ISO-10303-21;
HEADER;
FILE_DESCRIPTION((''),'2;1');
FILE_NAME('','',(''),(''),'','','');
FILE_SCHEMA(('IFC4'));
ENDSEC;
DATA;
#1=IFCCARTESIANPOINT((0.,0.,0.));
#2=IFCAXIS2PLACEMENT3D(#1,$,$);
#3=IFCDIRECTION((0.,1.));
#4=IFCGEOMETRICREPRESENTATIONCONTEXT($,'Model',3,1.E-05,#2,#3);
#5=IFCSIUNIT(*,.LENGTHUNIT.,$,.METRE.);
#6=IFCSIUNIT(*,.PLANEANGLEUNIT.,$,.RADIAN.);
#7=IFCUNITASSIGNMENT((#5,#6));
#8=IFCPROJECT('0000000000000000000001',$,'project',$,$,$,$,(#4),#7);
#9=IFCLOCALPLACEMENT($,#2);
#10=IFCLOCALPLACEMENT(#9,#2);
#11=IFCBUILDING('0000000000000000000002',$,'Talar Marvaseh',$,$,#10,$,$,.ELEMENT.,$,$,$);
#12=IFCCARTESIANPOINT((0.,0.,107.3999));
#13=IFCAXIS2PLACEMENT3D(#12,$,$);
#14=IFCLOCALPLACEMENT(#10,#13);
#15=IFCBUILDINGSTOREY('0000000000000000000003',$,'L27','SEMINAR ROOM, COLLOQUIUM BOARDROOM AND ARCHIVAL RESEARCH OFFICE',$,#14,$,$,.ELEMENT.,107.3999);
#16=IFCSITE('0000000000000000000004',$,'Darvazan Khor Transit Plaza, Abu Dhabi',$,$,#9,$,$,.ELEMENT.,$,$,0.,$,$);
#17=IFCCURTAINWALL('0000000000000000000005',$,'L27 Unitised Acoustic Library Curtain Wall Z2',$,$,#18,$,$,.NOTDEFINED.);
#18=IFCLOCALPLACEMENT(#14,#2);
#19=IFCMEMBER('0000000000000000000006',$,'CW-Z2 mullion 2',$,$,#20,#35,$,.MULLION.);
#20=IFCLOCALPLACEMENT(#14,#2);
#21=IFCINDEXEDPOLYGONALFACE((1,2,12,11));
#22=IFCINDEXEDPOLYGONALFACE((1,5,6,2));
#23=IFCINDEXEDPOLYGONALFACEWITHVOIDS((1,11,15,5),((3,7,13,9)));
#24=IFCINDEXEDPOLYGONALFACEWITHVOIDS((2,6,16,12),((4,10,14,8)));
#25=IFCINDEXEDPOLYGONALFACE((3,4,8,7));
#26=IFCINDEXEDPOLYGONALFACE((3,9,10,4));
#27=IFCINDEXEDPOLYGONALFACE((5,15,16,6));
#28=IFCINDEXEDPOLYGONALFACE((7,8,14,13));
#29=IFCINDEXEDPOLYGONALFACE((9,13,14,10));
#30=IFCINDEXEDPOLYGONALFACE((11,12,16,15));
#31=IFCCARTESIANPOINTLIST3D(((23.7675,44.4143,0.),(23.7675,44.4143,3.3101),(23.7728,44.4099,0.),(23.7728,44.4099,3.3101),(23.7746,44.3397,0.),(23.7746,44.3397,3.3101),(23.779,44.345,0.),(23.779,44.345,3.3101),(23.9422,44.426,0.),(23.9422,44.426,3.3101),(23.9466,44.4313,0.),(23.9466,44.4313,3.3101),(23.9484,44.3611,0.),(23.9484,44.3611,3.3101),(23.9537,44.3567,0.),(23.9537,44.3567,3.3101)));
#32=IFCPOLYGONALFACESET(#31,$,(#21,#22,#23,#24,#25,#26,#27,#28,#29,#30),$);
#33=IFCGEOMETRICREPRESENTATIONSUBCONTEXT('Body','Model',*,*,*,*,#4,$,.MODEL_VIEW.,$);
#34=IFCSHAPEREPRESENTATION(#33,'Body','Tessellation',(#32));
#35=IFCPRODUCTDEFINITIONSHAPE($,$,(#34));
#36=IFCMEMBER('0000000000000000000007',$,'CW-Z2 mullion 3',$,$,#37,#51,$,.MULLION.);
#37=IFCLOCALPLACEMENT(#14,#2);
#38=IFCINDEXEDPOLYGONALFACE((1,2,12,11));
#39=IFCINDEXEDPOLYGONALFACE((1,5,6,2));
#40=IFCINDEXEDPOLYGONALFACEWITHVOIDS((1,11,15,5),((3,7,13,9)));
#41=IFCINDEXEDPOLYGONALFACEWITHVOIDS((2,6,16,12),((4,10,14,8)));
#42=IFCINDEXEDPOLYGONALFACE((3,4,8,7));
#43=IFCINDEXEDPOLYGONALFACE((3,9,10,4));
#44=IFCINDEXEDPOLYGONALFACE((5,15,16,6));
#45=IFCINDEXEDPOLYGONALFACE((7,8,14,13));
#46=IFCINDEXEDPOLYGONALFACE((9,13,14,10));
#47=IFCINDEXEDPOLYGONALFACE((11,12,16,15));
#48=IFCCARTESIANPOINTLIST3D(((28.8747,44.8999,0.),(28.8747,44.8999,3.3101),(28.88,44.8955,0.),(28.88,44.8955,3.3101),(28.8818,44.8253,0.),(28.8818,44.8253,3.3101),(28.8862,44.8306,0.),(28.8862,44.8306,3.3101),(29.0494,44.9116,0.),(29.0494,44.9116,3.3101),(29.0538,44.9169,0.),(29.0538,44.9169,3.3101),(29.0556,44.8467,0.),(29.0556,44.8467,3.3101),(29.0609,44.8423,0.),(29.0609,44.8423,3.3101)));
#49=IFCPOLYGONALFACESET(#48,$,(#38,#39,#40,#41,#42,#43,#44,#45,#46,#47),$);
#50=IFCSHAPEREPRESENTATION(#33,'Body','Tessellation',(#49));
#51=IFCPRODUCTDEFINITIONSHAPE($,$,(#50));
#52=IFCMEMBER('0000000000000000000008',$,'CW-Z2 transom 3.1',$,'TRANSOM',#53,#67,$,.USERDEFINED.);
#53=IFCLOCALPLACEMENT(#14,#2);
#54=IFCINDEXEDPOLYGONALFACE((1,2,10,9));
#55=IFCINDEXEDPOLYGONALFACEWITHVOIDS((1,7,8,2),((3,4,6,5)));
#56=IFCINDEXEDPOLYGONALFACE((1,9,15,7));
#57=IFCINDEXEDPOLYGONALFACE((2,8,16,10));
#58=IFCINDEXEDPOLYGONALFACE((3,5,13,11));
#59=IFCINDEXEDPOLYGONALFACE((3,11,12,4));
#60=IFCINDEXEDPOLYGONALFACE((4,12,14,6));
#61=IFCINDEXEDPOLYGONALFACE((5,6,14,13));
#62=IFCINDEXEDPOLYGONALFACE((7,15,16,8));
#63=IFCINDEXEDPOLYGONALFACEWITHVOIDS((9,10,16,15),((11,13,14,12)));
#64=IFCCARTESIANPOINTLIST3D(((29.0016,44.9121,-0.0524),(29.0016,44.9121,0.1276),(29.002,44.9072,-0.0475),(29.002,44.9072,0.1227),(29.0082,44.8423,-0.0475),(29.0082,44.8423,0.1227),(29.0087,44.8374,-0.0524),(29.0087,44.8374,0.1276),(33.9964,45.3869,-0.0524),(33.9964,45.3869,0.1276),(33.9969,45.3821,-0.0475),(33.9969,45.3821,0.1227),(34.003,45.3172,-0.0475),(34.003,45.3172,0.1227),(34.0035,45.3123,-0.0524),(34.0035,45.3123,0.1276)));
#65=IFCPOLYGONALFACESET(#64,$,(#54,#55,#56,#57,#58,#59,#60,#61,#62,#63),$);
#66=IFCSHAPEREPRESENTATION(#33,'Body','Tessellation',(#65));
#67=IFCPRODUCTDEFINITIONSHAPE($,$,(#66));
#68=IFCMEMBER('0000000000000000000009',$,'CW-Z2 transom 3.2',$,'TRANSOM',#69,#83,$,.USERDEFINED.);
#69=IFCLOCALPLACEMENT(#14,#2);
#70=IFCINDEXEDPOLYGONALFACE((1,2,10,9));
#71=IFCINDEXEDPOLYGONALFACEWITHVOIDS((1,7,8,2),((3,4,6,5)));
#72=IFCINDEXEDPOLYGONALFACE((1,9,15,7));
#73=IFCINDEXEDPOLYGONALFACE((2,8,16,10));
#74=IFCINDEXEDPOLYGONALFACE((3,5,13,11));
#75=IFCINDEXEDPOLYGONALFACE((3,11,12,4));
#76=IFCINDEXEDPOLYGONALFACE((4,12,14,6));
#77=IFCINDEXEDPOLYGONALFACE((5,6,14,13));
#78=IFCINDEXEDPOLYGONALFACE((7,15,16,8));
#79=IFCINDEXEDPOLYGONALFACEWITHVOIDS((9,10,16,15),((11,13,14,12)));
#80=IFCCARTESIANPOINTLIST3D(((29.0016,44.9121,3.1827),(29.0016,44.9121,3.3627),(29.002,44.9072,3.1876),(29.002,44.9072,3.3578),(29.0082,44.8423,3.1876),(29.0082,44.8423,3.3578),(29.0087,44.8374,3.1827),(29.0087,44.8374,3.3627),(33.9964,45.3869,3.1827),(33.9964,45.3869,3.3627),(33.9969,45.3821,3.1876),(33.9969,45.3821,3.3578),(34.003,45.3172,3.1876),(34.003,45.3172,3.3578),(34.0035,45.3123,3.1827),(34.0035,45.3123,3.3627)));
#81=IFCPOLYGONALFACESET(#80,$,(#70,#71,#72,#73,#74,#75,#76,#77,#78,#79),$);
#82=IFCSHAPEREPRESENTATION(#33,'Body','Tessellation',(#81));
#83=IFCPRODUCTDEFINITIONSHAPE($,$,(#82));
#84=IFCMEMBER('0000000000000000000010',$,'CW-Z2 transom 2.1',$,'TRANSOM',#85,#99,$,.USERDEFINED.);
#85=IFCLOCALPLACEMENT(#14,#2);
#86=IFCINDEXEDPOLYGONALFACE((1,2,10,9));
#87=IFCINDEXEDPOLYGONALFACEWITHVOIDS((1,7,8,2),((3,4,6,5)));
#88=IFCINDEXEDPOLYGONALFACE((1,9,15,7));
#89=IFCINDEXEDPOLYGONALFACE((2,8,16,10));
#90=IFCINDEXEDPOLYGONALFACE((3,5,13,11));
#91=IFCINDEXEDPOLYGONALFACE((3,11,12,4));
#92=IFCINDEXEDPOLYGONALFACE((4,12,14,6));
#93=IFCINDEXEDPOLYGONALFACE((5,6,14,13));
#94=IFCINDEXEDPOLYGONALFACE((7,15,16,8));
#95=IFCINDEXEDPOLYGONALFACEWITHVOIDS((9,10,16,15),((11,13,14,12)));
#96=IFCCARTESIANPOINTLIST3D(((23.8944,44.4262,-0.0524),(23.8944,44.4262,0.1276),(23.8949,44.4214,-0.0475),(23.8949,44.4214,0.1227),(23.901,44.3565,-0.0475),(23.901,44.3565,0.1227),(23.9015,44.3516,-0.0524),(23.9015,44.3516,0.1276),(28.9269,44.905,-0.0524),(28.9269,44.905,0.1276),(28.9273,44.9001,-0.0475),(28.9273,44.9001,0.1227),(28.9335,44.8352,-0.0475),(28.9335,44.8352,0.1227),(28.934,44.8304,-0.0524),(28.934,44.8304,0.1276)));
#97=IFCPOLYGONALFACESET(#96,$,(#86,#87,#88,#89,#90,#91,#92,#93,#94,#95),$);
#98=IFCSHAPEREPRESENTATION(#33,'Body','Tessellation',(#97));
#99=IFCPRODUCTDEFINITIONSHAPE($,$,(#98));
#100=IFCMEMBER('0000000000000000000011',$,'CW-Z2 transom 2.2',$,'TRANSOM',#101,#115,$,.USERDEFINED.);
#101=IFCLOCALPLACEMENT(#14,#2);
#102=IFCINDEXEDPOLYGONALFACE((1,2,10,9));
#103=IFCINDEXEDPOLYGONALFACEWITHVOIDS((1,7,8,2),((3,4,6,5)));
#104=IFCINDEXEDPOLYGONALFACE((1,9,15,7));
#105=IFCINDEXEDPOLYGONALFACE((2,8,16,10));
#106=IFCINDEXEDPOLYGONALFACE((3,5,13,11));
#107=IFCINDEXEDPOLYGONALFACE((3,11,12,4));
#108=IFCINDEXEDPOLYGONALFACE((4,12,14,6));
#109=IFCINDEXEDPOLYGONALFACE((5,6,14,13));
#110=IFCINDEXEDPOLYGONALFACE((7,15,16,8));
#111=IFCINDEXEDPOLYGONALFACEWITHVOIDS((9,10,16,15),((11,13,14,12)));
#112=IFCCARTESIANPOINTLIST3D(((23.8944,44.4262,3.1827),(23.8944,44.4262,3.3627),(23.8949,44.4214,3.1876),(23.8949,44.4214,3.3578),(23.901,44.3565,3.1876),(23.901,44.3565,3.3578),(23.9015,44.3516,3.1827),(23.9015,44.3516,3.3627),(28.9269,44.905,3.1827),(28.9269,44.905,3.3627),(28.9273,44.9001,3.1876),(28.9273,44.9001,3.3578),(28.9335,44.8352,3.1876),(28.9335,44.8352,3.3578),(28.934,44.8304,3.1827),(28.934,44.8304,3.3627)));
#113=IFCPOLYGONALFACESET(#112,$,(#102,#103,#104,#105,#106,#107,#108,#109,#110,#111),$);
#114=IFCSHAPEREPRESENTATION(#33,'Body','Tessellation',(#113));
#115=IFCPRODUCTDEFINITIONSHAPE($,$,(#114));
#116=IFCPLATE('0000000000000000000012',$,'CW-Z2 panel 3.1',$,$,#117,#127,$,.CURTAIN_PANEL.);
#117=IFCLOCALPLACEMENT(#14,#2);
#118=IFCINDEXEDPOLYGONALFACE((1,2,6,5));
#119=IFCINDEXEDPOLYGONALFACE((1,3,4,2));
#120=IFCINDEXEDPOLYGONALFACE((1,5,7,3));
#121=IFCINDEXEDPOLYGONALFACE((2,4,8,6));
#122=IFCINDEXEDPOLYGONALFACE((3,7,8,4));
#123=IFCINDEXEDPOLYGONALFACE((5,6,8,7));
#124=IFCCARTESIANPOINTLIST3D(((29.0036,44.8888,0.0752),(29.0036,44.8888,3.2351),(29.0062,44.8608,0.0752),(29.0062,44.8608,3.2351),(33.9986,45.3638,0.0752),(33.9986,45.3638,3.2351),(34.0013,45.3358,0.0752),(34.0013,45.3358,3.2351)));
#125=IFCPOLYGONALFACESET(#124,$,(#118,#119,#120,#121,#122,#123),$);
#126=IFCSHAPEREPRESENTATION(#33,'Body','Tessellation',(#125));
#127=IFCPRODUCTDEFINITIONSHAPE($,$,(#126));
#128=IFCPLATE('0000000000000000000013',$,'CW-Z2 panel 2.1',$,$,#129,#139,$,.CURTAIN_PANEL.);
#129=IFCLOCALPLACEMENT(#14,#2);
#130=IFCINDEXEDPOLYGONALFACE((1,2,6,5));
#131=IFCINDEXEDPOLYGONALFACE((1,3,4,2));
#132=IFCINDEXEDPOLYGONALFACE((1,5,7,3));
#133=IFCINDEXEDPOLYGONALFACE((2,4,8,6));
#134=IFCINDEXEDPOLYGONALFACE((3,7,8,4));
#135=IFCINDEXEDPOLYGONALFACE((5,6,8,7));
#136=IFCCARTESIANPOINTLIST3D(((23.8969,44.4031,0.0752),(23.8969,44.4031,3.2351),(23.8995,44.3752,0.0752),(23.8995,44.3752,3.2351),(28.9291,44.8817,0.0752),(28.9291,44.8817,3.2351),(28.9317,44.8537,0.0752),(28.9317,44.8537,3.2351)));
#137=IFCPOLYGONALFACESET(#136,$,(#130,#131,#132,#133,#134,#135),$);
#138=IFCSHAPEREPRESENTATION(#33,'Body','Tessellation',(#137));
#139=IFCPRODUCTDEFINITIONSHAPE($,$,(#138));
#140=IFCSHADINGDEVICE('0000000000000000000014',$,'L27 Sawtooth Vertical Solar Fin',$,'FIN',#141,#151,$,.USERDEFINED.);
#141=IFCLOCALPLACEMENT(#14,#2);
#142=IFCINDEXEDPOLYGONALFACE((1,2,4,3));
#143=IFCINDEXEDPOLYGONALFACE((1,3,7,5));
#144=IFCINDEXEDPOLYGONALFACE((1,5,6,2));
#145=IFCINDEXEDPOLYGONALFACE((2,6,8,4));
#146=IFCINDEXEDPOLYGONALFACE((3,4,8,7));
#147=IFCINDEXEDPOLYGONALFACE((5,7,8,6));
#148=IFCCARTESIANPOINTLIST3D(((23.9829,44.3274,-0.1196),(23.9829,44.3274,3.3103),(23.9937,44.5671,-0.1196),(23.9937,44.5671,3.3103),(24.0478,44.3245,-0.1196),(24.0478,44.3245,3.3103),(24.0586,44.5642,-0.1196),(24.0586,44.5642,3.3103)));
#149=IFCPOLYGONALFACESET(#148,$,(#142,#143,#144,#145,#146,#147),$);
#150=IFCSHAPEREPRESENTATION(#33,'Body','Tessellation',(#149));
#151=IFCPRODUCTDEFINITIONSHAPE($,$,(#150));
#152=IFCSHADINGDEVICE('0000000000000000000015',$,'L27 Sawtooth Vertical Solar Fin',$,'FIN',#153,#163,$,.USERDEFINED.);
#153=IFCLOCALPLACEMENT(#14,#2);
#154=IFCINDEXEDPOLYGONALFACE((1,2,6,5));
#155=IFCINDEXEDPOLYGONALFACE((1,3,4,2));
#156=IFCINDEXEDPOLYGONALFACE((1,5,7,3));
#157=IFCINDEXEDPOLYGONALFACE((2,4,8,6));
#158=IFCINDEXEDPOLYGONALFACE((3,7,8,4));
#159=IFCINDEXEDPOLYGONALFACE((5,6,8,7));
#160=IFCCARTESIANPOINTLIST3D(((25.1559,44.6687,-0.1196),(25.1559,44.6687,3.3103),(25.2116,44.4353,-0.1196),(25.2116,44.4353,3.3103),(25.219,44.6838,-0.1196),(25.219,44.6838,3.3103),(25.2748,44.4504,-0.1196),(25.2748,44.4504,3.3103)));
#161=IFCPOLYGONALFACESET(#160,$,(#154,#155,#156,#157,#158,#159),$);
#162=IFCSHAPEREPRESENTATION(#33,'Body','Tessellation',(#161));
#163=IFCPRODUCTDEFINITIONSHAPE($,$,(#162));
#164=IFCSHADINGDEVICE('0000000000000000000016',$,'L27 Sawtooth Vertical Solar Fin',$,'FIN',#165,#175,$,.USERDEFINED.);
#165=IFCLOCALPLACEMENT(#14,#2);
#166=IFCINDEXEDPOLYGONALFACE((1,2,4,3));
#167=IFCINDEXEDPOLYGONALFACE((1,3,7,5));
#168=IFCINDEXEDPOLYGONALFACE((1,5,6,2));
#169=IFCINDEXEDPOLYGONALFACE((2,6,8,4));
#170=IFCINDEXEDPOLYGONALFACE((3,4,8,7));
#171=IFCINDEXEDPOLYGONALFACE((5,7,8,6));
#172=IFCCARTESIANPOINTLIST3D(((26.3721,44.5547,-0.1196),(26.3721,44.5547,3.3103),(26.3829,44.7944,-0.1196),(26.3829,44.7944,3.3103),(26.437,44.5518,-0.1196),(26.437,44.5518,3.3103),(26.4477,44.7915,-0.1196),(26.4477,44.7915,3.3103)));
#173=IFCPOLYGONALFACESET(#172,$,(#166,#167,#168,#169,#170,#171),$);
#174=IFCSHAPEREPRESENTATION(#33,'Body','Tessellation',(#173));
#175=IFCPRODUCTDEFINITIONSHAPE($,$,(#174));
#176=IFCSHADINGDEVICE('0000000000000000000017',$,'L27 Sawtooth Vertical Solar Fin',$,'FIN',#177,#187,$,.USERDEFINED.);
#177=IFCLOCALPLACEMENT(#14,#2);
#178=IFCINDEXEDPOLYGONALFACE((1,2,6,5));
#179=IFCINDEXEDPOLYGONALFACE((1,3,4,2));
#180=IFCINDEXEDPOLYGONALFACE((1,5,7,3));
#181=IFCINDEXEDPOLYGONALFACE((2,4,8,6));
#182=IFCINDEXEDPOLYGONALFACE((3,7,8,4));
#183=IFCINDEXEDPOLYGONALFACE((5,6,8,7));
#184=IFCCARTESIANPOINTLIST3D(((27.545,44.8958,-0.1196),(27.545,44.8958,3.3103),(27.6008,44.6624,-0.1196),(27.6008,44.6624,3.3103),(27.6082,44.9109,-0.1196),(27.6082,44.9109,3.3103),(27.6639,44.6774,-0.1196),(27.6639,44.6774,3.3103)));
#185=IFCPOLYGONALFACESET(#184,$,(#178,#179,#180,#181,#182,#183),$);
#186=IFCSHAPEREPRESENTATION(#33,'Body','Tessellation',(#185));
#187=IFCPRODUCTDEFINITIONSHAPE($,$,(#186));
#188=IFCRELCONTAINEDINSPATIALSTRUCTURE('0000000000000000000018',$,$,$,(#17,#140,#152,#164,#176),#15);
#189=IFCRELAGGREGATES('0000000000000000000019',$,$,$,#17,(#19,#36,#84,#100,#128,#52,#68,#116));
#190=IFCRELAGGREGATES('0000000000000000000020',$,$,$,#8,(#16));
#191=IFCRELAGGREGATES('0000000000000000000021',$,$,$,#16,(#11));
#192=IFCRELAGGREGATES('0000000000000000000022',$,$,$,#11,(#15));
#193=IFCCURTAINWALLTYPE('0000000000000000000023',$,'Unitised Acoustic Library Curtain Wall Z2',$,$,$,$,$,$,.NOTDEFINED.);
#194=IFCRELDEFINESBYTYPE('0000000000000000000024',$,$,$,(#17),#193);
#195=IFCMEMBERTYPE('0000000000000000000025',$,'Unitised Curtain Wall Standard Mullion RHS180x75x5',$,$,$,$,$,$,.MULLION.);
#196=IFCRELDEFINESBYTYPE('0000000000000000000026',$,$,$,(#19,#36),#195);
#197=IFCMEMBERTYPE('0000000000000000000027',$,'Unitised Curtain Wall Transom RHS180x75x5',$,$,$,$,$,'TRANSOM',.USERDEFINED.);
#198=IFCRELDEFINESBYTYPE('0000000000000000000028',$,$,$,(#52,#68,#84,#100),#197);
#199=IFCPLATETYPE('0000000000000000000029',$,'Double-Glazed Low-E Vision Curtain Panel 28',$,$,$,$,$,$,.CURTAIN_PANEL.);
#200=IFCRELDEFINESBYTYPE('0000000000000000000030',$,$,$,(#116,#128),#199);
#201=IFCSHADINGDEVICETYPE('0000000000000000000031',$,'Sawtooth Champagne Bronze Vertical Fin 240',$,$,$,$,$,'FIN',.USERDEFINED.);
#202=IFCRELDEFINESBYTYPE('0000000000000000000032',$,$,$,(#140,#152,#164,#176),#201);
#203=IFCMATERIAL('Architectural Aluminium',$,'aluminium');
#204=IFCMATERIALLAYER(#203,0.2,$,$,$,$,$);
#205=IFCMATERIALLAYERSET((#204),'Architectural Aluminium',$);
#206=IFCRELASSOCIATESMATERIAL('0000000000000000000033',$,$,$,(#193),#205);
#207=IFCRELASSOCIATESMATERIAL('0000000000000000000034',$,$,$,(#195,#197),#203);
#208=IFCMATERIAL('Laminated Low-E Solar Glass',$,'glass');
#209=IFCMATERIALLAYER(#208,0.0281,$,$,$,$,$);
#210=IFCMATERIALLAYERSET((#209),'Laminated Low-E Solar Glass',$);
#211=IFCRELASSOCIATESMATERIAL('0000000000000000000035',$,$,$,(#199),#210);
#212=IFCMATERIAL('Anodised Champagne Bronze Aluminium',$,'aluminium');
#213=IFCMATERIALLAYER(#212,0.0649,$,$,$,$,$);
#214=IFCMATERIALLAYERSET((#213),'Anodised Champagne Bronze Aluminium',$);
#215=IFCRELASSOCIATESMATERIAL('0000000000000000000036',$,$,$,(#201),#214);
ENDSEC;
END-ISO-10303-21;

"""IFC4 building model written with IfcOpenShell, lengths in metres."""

from ifc_helpers import new_model, si_unit, direction, frame, origin, origin_2d, place, context, subcontext, project, spatial, rectangle, hollow_rectangle, extrude, source, transform, mapped, material, layer, layer_set, material_profile, profile_set, type_object, type_shapes, element, aggregate, save


model = new_model("IFC4")

# Units and contexts
model_context = context("Model", 3, precision=1e-05, world=origin(), true_north=direction((0.0, 1.0)))
body_context = subcontext(model_context, "Body", "Model", "MODEL_VIEW")
ifc_project = project(units=[si_unit("LENGTHUNIT", "METRE"), si_unit("PLANEANGLEUNIT", "RADIAN")], contexts=[model_context])

# Site, building, storey
site_placement = place(None, origin())
site = spatial("IfcSite", under=ifc_project, at=site_placement, Name="Darvazan Khor Transit Plaza, Abu Dhabi", CompositionType="ELEMENT", RefElevation=0.0)
building_placement = place(site_placement, origin())
building = spatial("IfcBuilding", under=site, at=building_placement, Name="Talar Marvaseh", CompositionType="ELEMENT")
storey_placement = place(building_placement, frame((0.0, 0.0, 107.3999)))
storey = spatial("IfcBuildingStorey", under=building, at=storey_placement, Name="L27", Description="SEMINAR ROOM, COLLOQUIUM BOARDROOM AND ARCHIVAL RESEARCH OFFICE", CompositionType="ELEMENT", Elevation=107.3999)

# Curtain wall, members, plates
ifc_material_1 = material(Name="Architectural Aluminium", Category="aluminium")
ifc_layer_1 = layer(ifc_material_1, 0.2)
ifc_layer_set_1 = layer_set([ifc_layer_1], Name="Architectural Aluminium")
curtain_wall_type = type_object("IfcCurtainWallType", Name="Unitised Acoustic Library Curtain Wall Z2", PredefinedType="NOTDEFINED", material=ifc_layer_set_1)
curtain_wall_placement = place(storey_placement, origin())
curtain_wall = element("IfcCurtainWall", 1, at=curtain_wall_placement, inside=storey, type_object=curtain_wall_type, Name="L27 Unitised Acoustic Library Curtain Wall Z2", PredefinedType="NOTDEFINED")
ifc_material_profile_1 = material_profile(ifc_material_1, hollow_rectangle(XDim=0.075, YDim=0.1799, WallThickness=0.0049, at=origin_2d()), Name="RHS180x75x5")
ifc_profile_set_1 = profile_set([ifc_material_profile_1], Name="Architectural Aluminium")
member_type_1 = type_object("IfcMemberType", Name="Unitised Curtain Wall Standard Mullion RHS180x75x5", PredefinedType="MULLION", material=ifc_profile_set_1)
shared_shape_1 = source(origin(), body_context, "Body", "SweptSolid", [
    extrude(hollow_rectangle(XDim=0.075, YDim=0.1799, WallThickness=0.0049, at=origin_2d()), origin(), (0.0, 0.0, 1.0), 3.3101),
])
type_shapes(member_type_1, [shared_shape_1])
member_1_placement = place(storey_placement, frame((23.8606, 44.3855, 0.0), z_axis=(0.0, 0.0, 1.0), x_axis=(-0.094671, 0.995509, 0.0)))
member_1 = element("IfcMember", 2, at=member_1_placement, type_object=member_type_1, Name="CW-Z2 mullion 2", PredefinedType="MULLION", context=body_context, shape_type="MappedRepresentation", body=[
    mapped(shared_shape_1, transform((0.0, 0.0, 0.0), x_axis=(1.0, 0.0, 0.0), y_axis=(0.0, 1.0, 0.0), z_axis=(0.0, 0.0, 1.0), scale=1.0)),
])
member_2_placement = place(storey_placement, frame((28.9678, 44.8711, 0.0), z_axis=(0.0, 0.0, 1.0), x_axis=(-0.094671, 0.995509, 0.0)))
member_2 = element("IfcMember", 3, at=member_2_placement, type_object=member_type_1, Name="CW-Z2 mullion 3", PredefinedType="MULLION", context=body_context, shape_type="MappedRepresentation", body=[
    mapped(shared_shape_1, transform((0.0, 0.0, 0.0), x_axis=(1.0, 0.0, 0.0), y_axis=(0.0, 1.0, 0.0), z_axis=(0.0, 0.0, 1.0), scale=1.0)),
])
ifc_material_profile_2 = material_profile(ifc_material_1, hollow_rectangle(XDim=0.075, YDim=0.1799, WallThickness=0.0049, at=origin_2d()), Name="RHS180x75x5")
ifc_profile_set_2 = profile_set([ifc_material_profile_2], Name="Architectural Aluminium")
member_type_2 = type_object("IfcMemberType", Name="Unitised Curtain Wall Transom RHS180x75x5", ElementType="TRANSOM", PredefinedType="USERDEFINED", material=ifc_profile_set_2)
shared_shape_2 = source(origin(), body_context, "Body", "SweptSolid", [
    extrude(hollow_rectangle(XDim=0.075, YDim=0.1799, WallThickness=0.0049, at=origin_2d()), origin(), (0.0, 0.0, 1.0), 5.0173),
])
member_3_placement = place(storey_placement, frame((29.0051, 44.8748, 0.0376), z_axis=(0.995511, 0.094641, 0.0), x_axis=(-0.094641, 0.995511, 0.0)))
member_3 = element("IfcMember", 4, at=member_3_placement, type_object=member_type_2, Name="CW-Z2 transom 3.1", ObjectType="TRANSOM", PredefinedType="USERDEFINED", context=body_context, shape_type="MappedRepresentation", body=[
    mapped(shared_shape_2, transform((0.0, 0.0, 0.0), x_axis=(1.0, 0.0, 0.0), y_axis=(0.0, 1.0, 0.0), z_axis=(0.0, 0.0, 1.0), scale=1.0)),
])
member_4_placement = place(storey_placement, frame((29.0051, 44.8748, 3.2727), z_axis=(0.995511, 0.094641, 0.0), x_axis=(-0.094641, 0.995511, 0.0)))
member_4 = element("IfcMember", 5, at=member_4_placement, type_object=member_type_2, Name="CW-Z2 transom 3.2", ObjectType="TRANSOM", PredefinedType="USERDEFINED", context=body_context, shape_type="MappedRepresentation", body=[
    mapped(shared_shape_2, transform((0.0, 0.0, 0.0), x_axis=(1.0, 0.0, 0.0), y_axis=(0.0, 1.0, 0.0), z_axis=(0.0, 0.0, 1.0), scale=1.0)),
])
shared_shape_3 = source(origin(), body_context, "Body", "SweptSolid", [
    extrude(hollow_rectangle(XDim=0.075, YDim=0.1799, WallThickness=0.0049, at=origin_2d()), origin(), (0.0, 0.0, 1.0), 5.0552),
])
type_shapes(member_type_2, [shared_shape_2, shared_shape_3])
member_5_placement = place(storey_placement, frame((23.8979, 44.3889, 0.0376), z_axis=(0.995505, 0.094707, 0.0), x_axis=(-0.094707, 0.995505, 0.0)))
member_5 = element("IfcMember", 6, at=member_5_placement, type_object=member_type_2, Name="CW-Z2 transom 2.1", ObjectType="TRANSOM", PredefinedType="USERDEFINED", context=body_context, shape_type="MappedRepresentation", body=[
    mapped(shared_shape_3, transform((0.0, 0.0, 0.0), x_axis=(1.0, 0.0, 0.0), y_axis=(0.0, 1.0, 0.0), z_axis=(0.0, 0.0, 1.0), scale=1.0)),
])
member_6_placement = place(storey_placement, frame((23.8979, 44.3889, 3.2727), z_axis=(0.995505, 0.094707, 0.0), x_axis=(-0.094707, 0.995505, 0.0)))
member_6 = element("IfcMember", 7, at=member_6_placement, type_object=member_type_2, Name="CW-Z2 transom 2.2", ObjectType="TRANSOM", PredefinedType="USERDEFINED", context=body_context, shape_type="MappedRepresentation", body=[
    mapped(shared_shape_3, transform((0.0, 0.0, 0.0), x_axis=(1.0, 0.0, 0.0), y_axis=(0.0, 1.0, 0.0), z_axis=(0.0, 0.0, 1.0), scale=1.0)),
])
ifc_material_2 = material(Name="Laminated Low-E Solar Glass", Category="glass")
ifc_layer_2 = layer(ifc_material_2, 0.0281)
ifc_layer_set_2 = layer_set([ifc_layer_2], Name="Laminated Low-E Solar Glass")
plate_type = type_object("IfcPlateType", Name="Double-Glazed Low-E Vision Curtain Panel 28", PredefinedType="CURTAIN_PANEL", material=ifc_layer_set_2)
shared_shape_4 = source(origin(), body_context, "Body", "SweptSolid", [
    extrude(rectangle(XDim=5.0176, YDim=0.0281, at=origin_2d()), origin(), (0.0, 0.0, 1.0), 3.1599),
])
plate_1_placement = place(storey_placement, frame((31.5024, 45.1123, 0.0752), z_axis=(0.0, 0.0, 1.0), x_axis=(0.995509, 0.094671, 0.0)))
plate_1 = element("IfcPlate", 8, at=plate_1_placement, type_object=plate_type, Name="CW-Z2 panel 3.1", PredefinedType="CURTAIN_PANEL", context=body_context, shape_type="MappedRepresentation", body=[
    mapped(shared_shape_4, transform((0.0, 0.0, 0.0), x_axis=(1.0, 0.0, 0.0), y_axis=(0.0, 1.0, 0.0), z_axis=(0.0, 0.0, 1.0), scale=1.0)),
])
shared_shape_5 = source(origin(), body_context, "Body", "SweptSolid", [
    extrude(rectangle(XDim=5.0549, YDim=0.0281, at=origin_2d()), origin(), (0.0, 0.0, 1.0), 3.1599),
])
type_shapes(plate_type, [shared_shape_4, shared_shape_5])
plate_2_placement = place(storey_placement, frame((26.4143, 44.6284, 0.0752), z_axis=(0.0, 0.0, 1.0), x_axis=(0.995509, 0.094671, 0.0)))
plate_2 = element("IfcPlate", 9, at=plate_2_placement, type_object=plate_type, Name="CW-Z2 panel 2.1", PredefinedType="CURTAIN_PANEL", context=body_context, shape_type="MappedRepresentation", body=[
    mapped(shared_shape_5, transform((0.0, 0.0, 0.0), x_axis=(1.0, 0.0, 0.0), y_axis=(0.0, 1.0, 0.0), z_axis=(0.0, 0.0, 1.0), scale=1.0)),
])
aggregate(curtain_wall, [member_1, member_2, member_5, member_6, plate_2, member_3, member_4, plate_1])

# Shading devices
ifc_material_3 = material(Name="Anodised Champagne Bronze Aluminium", Category="aluminium")
ifc_layer_3 = layer(ifc_material_3, 0.0649)
ifc_layer_set_3 = layer_set([ifc_layer_3], Name="Anodised Champagne Bronze Aluminium")
shading_device_type = type_object("IfcShadingDeviceType", Name="Sawtooth Champagne Bronze Vertical Fin 240", ElementType="FIN", PredefinedType="USERDEFINED", material=ifc_layer_set_3)
shared_shape_6 = source(origin(), body_context, "Body", "SweptSolid", [
    extrude(rectangle(XDim=0.24, YDim=0.0649, at=origin_2d()), origin(), (0.0, 0.0, 1.0), 3.4299),
])
type_shapes(shading_device_type, [shared_shape_6])
for number, where, z_axis, x_axis, name in (
    (10, (24.0208, 44.4458, -0.1196), (0.0, 0.0, 1.0), (0.04484, 0.998994, 0.0), "L27 Sawtooth Vertical Solar Fin"),
    (11, (25.2153, 44.5596, -0.1196), (0.0, 0.0, 1.0), (-0.232257, 0.972654, 0.0), "L27 Sawtooth Vertical Solar Fin"),
    (12, (26.4099, 44.6731, -0.1196), (0.0, 0.0, 1.0), (0.04484, 0.998994, 0.0), "L27 Sawtooth Vertical Solar Fin"),
    (13, (27.6045, 44.7866, -0.1196), (0.0, 0.0, 1.0), (-0.232257, 0.972654, 0.0), "L27 Sawtooth Vertical Solar Fin"),
):
    element("IfcShadingDevice", number, at=place(storey_placement, frame(where, z_axis=z_axis, x_axis=x_axis)), inside=storey, type_object=shading_device_type, Name=name, ObjectType="FIN", PredefinedType="USERDEFINED", context=body_context, shape_type="MappedRepresentation", body=[
        mapped(shared_shape_6, transform((0.0, 0.0, 0.0), x_axis=(1.0, 0.0, 0.0), y_axis=(0.0, 1.0, 0.0), z_axis=(0.0, 0.0, 1.0), scale=1.0)),
    ])

save(model, "model.ifc")
